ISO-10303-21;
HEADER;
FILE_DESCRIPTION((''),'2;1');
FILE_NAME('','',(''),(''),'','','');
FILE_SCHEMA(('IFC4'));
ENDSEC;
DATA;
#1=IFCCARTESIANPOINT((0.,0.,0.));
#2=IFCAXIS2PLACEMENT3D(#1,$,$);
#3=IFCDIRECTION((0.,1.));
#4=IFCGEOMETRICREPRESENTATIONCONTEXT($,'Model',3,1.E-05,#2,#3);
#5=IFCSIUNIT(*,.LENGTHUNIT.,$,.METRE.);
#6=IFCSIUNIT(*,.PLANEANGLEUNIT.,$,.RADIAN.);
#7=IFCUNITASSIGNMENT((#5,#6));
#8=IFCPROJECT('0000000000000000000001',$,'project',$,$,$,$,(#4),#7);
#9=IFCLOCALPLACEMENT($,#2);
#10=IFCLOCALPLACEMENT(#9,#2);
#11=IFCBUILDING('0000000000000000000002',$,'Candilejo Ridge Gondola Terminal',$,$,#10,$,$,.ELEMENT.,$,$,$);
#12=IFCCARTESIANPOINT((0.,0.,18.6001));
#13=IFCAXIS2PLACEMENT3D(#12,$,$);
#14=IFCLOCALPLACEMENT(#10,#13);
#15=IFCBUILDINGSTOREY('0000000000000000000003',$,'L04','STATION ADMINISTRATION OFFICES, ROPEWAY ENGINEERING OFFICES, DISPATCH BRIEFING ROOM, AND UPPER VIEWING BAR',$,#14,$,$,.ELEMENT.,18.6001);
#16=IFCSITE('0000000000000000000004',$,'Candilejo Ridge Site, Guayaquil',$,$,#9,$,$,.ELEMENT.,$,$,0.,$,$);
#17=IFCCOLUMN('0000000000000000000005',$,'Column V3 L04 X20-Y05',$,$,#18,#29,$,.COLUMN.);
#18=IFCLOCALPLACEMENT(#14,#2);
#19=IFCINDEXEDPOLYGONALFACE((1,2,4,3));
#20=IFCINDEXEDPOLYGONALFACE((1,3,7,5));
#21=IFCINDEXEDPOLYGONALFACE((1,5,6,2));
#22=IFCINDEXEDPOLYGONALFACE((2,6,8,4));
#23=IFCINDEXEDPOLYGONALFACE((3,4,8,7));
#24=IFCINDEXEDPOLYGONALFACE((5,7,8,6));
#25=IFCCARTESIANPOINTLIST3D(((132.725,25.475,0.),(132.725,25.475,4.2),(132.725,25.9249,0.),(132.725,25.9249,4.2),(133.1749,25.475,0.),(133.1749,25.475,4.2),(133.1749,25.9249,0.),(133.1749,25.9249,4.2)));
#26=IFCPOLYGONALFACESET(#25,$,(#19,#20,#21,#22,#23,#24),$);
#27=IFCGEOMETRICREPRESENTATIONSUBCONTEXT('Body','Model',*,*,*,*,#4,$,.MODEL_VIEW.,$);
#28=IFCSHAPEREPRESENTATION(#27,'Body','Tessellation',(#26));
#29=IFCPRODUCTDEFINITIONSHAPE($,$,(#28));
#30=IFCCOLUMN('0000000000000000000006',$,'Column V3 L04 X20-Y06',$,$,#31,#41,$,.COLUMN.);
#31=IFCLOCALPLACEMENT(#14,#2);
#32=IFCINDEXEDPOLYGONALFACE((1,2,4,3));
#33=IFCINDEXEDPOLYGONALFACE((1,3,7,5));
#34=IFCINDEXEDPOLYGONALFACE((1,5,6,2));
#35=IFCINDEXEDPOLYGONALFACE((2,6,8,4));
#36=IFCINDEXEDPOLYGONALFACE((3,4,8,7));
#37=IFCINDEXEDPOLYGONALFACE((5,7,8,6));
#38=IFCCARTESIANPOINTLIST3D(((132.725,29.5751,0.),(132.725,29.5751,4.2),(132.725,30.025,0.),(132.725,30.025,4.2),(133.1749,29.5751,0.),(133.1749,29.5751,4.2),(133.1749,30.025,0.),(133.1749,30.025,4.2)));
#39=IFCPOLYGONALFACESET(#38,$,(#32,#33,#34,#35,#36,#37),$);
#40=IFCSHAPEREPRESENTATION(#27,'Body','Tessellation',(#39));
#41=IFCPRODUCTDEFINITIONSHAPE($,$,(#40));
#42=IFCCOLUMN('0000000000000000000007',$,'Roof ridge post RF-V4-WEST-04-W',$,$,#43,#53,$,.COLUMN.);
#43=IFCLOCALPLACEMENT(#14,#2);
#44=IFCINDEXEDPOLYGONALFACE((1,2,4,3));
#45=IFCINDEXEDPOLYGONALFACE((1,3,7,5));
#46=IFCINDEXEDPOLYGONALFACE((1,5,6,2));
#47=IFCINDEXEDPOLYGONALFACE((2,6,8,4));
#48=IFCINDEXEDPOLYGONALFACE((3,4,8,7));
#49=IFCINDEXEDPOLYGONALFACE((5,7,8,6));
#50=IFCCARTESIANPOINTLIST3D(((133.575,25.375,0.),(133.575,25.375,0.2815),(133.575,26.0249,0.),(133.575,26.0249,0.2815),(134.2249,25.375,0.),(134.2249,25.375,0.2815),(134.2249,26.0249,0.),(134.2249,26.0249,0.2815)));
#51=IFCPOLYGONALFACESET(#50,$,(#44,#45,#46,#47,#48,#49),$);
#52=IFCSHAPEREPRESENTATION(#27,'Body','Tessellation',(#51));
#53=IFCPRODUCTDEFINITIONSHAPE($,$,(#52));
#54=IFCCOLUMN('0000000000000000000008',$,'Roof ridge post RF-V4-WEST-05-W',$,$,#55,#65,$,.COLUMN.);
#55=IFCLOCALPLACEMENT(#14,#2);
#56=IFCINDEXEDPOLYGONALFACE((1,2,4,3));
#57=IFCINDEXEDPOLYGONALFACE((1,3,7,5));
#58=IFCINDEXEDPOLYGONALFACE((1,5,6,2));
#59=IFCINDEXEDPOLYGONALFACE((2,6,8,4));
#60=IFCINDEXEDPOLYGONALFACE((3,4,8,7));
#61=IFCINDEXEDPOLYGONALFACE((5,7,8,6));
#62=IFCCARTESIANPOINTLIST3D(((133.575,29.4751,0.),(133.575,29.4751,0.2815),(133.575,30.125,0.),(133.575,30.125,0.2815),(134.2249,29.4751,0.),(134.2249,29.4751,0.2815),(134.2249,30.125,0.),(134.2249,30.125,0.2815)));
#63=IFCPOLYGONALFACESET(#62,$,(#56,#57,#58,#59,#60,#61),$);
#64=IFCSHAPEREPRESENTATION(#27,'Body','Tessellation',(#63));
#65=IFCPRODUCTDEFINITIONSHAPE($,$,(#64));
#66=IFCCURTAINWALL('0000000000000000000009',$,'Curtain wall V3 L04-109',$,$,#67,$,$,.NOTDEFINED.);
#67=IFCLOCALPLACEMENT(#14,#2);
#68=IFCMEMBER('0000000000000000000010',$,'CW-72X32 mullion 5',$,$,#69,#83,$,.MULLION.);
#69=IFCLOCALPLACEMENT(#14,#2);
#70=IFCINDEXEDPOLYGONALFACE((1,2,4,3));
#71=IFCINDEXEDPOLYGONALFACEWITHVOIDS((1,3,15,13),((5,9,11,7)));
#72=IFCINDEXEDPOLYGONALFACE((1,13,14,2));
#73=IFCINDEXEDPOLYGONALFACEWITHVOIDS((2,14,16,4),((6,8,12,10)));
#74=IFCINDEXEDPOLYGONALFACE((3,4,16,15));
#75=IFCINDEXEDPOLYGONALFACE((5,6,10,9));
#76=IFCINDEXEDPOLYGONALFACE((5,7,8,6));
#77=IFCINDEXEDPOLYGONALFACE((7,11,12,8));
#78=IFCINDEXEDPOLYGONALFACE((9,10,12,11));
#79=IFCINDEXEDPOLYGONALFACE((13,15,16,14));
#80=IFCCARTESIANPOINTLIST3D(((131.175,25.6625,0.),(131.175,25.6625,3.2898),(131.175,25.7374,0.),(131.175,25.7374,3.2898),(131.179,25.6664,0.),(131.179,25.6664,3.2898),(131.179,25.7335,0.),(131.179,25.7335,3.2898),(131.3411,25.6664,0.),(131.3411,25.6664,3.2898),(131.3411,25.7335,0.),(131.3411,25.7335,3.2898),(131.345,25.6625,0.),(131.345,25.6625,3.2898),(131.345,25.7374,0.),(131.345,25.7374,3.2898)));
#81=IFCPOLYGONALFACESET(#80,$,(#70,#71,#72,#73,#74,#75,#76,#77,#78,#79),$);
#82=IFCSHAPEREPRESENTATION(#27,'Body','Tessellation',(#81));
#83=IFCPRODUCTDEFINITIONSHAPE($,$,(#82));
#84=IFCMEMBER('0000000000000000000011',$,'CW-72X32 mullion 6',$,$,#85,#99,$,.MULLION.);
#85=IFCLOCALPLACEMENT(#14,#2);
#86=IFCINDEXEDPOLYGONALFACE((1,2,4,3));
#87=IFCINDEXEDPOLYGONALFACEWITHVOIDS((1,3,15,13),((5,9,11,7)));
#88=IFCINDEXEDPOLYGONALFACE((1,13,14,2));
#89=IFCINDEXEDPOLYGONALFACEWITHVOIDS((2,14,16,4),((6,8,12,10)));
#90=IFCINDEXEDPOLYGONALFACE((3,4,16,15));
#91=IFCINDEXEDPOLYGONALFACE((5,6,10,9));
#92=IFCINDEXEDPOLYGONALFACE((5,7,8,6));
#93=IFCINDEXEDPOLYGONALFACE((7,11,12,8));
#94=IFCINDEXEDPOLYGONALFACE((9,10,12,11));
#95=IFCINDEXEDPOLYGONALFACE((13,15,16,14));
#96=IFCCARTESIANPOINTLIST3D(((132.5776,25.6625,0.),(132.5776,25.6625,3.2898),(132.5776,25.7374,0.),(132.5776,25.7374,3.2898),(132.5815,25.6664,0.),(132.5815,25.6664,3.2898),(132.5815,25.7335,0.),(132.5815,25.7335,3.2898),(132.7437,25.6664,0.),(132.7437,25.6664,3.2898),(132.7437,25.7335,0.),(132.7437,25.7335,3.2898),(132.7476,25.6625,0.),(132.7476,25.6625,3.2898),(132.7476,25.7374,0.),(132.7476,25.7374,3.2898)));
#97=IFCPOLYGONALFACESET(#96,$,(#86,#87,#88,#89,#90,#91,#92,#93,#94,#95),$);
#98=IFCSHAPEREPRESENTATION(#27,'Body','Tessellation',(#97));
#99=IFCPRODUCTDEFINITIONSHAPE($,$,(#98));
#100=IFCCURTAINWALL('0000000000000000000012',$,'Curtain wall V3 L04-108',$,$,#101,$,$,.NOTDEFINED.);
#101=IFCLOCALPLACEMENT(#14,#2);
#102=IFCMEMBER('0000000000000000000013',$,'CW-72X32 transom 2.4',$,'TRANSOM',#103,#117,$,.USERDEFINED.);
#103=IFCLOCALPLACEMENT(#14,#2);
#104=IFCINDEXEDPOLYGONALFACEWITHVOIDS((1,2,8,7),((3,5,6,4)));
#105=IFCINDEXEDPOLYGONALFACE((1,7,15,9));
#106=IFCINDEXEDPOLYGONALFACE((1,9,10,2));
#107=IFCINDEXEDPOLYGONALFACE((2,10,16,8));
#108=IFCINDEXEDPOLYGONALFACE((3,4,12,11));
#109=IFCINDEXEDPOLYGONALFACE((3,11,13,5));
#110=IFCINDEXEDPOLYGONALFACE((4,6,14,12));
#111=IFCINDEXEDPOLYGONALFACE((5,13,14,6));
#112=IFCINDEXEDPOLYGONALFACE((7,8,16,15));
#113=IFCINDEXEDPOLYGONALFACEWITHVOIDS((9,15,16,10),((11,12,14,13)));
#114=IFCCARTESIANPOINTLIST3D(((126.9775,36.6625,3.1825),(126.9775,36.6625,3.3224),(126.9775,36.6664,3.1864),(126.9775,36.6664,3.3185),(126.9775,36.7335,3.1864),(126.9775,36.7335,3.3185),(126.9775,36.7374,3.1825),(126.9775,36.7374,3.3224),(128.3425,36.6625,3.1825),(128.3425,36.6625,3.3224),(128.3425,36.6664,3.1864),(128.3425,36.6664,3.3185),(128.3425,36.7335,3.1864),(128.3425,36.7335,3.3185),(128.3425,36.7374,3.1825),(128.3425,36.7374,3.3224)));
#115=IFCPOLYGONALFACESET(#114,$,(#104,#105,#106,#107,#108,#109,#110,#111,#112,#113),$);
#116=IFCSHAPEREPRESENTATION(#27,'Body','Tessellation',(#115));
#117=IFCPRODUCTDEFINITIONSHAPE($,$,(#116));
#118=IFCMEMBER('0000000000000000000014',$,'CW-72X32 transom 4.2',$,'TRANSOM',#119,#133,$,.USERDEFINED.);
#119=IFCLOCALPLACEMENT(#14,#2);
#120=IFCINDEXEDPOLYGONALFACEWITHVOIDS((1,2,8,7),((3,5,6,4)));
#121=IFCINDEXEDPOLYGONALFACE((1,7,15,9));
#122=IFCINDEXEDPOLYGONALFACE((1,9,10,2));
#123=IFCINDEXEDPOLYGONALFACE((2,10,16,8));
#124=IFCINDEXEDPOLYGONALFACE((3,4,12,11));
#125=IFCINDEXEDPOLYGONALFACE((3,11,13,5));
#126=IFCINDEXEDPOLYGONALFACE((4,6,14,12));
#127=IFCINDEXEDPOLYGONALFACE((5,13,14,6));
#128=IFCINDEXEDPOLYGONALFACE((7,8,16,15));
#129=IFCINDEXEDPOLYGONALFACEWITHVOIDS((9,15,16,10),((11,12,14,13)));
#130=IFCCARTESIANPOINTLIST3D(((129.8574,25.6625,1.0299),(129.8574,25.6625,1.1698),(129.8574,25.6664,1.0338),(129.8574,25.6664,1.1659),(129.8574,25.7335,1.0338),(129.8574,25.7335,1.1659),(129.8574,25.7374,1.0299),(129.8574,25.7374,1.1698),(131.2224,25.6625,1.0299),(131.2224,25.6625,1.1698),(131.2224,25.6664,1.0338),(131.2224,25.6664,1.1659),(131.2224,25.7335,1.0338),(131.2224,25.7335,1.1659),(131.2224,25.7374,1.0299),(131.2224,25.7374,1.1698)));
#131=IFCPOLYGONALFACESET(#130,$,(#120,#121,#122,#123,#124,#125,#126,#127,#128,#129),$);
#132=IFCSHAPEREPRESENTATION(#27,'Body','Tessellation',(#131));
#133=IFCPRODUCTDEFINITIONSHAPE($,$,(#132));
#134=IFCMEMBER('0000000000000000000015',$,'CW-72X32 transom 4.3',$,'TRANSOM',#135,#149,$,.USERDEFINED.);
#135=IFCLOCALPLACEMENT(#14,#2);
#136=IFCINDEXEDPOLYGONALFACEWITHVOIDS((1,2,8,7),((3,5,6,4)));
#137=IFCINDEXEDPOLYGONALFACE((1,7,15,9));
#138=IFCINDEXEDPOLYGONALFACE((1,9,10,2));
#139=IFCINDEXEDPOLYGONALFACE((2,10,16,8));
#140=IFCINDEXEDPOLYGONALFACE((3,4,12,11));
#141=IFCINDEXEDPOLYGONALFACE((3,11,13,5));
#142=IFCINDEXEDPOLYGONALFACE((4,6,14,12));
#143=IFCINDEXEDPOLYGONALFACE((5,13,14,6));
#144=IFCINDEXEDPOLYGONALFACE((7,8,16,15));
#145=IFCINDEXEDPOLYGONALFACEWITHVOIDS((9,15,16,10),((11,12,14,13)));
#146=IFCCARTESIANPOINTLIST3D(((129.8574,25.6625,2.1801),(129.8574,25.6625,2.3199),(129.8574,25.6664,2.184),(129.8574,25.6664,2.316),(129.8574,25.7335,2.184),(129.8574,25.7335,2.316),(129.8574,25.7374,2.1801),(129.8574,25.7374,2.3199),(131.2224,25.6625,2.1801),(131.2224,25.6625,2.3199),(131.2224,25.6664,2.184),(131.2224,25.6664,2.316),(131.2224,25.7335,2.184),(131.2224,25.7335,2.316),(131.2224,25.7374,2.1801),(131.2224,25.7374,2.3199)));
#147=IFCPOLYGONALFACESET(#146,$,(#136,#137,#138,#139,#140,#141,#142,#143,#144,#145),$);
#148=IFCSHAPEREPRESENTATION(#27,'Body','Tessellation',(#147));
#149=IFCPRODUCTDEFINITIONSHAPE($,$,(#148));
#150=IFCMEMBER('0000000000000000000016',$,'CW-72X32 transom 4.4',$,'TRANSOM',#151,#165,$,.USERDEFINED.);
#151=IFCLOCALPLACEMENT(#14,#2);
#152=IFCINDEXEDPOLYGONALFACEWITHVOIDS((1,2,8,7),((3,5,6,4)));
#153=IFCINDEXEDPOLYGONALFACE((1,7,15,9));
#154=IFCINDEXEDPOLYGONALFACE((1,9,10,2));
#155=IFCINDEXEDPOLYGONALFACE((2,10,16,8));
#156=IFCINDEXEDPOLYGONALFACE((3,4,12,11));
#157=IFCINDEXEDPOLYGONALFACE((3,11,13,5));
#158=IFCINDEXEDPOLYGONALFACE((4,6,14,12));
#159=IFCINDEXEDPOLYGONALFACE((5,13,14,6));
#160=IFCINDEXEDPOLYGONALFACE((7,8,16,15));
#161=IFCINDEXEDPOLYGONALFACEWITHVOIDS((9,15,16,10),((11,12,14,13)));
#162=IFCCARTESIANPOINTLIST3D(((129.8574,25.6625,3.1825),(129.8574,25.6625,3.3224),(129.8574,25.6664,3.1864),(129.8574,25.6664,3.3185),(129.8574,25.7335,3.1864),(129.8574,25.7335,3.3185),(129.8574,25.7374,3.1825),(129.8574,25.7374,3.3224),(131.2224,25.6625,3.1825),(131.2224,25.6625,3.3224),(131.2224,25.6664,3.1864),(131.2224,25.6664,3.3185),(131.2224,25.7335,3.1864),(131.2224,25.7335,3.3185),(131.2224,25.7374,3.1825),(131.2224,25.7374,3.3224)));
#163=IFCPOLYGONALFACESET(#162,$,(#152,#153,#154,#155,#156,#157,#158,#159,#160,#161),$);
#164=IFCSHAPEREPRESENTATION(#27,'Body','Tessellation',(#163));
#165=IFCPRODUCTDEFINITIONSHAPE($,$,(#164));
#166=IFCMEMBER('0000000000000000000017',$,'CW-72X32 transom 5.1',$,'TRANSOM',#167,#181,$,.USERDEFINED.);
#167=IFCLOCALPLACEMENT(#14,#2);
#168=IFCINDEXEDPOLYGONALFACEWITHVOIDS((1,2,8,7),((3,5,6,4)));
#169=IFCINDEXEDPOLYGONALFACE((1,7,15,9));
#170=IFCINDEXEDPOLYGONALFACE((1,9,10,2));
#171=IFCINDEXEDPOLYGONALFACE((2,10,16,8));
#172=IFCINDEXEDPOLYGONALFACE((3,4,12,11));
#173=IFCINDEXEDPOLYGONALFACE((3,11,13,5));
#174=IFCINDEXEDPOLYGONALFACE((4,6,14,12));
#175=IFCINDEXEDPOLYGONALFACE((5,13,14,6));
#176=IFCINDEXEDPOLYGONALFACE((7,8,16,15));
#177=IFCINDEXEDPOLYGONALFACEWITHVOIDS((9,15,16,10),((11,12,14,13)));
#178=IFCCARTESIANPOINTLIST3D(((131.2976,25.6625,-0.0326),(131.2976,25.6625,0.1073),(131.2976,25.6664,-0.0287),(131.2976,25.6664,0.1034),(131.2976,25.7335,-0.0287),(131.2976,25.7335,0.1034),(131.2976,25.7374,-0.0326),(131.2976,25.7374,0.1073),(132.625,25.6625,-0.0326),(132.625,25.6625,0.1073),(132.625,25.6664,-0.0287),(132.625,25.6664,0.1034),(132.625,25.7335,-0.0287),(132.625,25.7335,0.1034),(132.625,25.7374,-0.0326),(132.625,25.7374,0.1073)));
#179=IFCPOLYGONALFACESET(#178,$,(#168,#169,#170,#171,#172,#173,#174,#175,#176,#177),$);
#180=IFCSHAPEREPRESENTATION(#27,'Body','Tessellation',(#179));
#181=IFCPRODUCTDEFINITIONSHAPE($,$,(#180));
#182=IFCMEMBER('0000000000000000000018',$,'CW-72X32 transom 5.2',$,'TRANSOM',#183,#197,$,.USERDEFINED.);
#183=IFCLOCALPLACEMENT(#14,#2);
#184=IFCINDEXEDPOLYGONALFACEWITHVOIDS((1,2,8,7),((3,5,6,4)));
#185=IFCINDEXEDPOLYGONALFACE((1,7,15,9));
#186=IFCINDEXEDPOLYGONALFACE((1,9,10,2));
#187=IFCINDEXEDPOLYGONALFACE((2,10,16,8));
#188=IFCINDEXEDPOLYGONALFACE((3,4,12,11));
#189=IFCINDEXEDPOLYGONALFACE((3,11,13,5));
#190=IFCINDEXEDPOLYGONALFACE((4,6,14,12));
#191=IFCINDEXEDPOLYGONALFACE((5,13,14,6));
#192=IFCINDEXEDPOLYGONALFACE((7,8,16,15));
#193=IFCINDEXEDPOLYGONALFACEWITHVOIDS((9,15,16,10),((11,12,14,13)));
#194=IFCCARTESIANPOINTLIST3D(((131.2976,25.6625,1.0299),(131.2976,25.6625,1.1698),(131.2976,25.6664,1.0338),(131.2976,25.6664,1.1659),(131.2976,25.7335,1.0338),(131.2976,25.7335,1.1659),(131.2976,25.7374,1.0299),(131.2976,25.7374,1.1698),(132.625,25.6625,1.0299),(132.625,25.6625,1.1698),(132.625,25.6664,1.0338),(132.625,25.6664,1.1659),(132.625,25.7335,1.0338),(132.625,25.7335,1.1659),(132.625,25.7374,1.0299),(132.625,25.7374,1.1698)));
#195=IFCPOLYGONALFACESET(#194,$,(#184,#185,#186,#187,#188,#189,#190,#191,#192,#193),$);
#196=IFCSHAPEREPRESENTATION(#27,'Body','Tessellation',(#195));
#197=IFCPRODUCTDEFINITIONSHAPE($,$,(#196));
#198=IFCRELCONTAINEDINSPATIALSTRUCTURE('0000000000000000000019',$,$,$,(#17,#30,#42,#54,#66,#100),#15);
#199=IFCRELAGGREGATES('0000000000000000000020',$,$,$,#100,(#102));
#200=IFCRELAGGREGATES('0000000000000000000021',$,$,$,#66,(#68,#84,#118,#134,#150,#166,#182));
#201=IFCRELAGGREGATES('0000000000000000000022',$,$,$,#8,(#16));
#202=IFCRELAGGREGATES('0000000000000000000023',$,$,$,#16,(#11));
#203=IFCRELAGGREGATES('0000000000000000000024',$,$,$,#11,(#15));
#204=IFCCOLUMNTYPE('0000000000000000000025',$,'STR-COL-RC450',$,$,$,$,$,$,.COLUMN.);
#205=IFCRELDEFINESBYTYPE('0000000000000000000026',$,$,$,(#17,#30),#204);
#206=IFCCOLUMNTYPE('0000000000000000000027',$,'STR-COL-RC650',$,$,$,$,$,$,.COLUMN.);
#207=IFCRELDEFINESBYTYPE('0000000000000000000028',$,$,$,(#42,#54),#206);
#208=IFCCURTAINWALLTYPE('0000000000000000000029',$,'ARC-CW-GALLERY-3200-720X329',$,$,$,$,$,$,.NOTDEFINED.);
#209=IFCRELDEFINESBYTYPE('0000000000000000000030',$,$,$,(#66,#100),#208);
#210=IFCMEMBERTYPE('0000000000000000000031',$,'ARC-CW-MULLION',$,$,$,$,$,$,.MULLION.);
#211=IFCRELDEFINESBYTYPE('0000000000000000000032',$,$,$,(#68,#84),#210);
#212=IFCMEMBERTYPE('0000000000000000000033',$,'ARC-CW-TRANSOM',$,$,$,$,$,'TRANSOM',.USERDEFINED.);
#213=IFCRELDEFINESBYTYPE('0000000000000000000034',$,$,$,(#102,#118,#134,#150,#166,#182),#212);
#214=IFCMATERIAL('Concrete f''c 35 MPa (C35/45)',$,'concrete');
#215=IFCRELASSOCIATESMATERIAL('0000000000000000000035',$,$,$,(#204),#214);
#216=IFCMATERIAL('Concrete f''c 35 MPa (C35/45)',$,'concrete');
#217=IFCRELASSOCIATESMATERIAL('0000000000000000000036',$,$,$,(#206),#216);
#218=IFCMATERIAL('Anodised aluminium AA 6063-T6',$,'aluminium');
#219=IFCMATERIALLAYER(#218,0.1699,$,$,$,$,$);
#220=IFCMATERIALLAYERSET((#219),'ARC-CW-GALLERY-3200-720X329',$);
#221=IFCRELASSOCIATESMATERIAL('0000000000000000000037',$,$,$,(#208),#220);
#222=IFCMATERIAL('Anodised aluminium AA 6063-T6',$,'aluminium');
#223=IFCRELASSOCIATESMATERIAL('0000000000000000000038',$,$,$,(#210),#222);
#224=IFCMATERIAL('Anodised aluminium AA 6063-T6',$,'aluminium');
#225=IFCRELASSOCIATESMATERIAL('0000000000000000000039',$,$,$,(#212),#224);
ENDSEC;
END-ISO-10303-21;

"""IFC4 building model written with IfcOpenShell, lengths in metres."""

from ifc_helpers import new_model, si_unit, direction, frame, origin, origin_2d, place, context, subcontext, project, spatial, rectangle, hollow_rectangle, extrude, material, layer, layer_set, material_profile, profile_set, type_object, element, aggregate, save


model = new_model("IFC4")

# Units and contexts
model_context = context("Model", 3, precision=1e-05, world=origin(), true_north=direction((0.0, 1.0)))
body_context = subcontext(model_context, "Body", "Model", "MODEL_VIEW")
ifc_project = project(units=[si_unit("LENGTHUNIT", "METRE"), si_unit("PLANEANGLEUNIT", "RADIAN")], contexts=[model_context])

# Site, building, storey
site_placement = place(None, origin())
site = spatial("IfcSite", under=ifc_project, at=site_placement, Name="Candilejo Ridge Site, Guayaquil", CompositionType="ELEMENT", RefElevation=0.0)
building_placement = place(site_placement, origin())
building = spatial("IfcBuilding", under=site, at=building_placement, Name="Candilejo Ridge Gondola Terminal", CompositionType="ELEMENT")
storey_placement = place(building_placement, frame((0.0, 0.0, 18.6001)))
storey = spatial("IfcBuildingStorey", under=building, at=storey_placement, Name="L04", Description="STATION ADMINISTRATION OFFICES, ROPEWAY ENGINEERING OFFICES, DISPATCH BRIEFING ROOM, AND UPPER VIEWING BAR", CompositionType="ELEMENT", Elevation=18.6001)

# Columns
ifc_material_1 = material(Name="Concrete f'c 35 MPa (C35/45)", Category="concrete")
ifc_material_profile_1 = material_profile(ifc_material_1, rectangle(XDim=0.45, YDim=0.45, at=origin_2d()))
ifc_profile_set_1 = profile_set([ifc_material_profile_1], Name="Concrete f'c 35 MPa (C35/45)")
column_type_1 = type_object("IfcColumnType", Name="STR-COL-RC450", PredefinedType="COLUMN", material=ifc_profile_set_1)
for number, where, z_axis, x_axis, name in (
    (1, (132.95, 25.7, 0.0), (0.0, 0.0, 1.0), (1.0, 0.0, 0.0), "Column V3 L04 X20-Y05"),
    (2, (132.95, 29.8, 0.0), (0.0, 0.0, 1.0), (1.0, 0.0, 0.0), "Column V3 L04 X20-Y06"),
):
    element("IfcColumn", number, at=place(storey_placement, frame(where, z_axis=z_axis, x_axis=x_axis)), inside=storey, type_object=column_type_1, Name=name, PredefinedType="COLUMN", context=body_context, shape_type="SweptSolid", body=[
        extrude(rectangle(XDim=0.45, YDim=0.45, at=origin_2d()), origin(), (0.0, 0.0, 1.0), 4.2),
    ])
ifc_material_2 = material(Name="Concrete f'c 35 MPa (C35/45)", Category="concrete")
ifc_material_profile_2 = material_profile(ifc_material_2, rectangle(XDim=0.6499, YDim=0.6499, at=origin_2d()))
ifc_profile_set_2 = profile_set([ifc_material_profile_2], Name="Concrete f'c 35 MPa (C35/45)")
column_type_2 = type_object("IfcColumnType", Name="STR-COL-RC650", PredefinedType="COLUMN", material=ifc_profile_set_2)
for number, where, z_axis, x_axis, name in (
    (3, (133.8999, 25.7, 0.0), (0.0, 0.0, 1.0), (1.0, 0.0, 0.0), "Roof ridge post RF-V4-WEST-04-W"),
    (4, (133.8999, 29.8, 0.0), (0.0, 0.0, 1.0), (1.0, 0.0, 0.0), "Roof ridge post RF-V4-WEST-05-W"),
):
    element("IfcColumn", number, at=place(storey_placement, frame(where, z_axis=z_axis, x_axis=x_axis)), inside=storey, type_object=column_type_2, Name=name, PredefinedType="COLUMN", context=body_context, shape_type="SweptSolid", body=[
        extrude(rectangle(XDim=0.6499, YDim=0.6499, at=origin_2d()), origin(), (0.0, 0.0, 1.0), 0.2815),
    ])

# Curtain wall, members
ifc_material_3 = material(Name="Anodised aluminium AA 6063-T6", Category="aluminium")
ifc_layer_1 = layer(ifc_material_3, 0.1699)
ifc_layer_set_1 = layer_set([ifc_layer_1], Name="ARC-CW-GALLERY-3200-720X329")
curtain_wall_type = type_object("IfcCurtainWallType", Name="ARC-CW-GALLERY-3200-720X329", PredefinedType="NOTDEFINED", material=ifc_layer_set_1)
curtain_wall_1_placement = place(storey_placement, origin())
curtain_wall_1 = element("IfcCurtainWall", 5, at=curtain_wall_1_placement, inside=storey, type_object=curtain_wall_type, Name="Curtain wall V3 L04-109", PredefinedType="NOTDEFINED")
ifc_material_4 = material(Name="Anodised aluminium AA 6063-T6", Category="aluminium")
ifc_material_profile_3 = material_profile(ifc_material_4, hollow_rectangle(XDim=0.075, YDim=0.1699, WallThickness=0.0039, at=origin_2d()))
ifc_profile_set_3 = profile_set([ifc_material_profile_3], Name="Anodised aluminium AA 6063-T6")
member_type_1 = type_object("IfcMemberType", Name="ARC-CW-MULLION", PredefinedType="MULLION", material=ifc_profile_set_3)
member_1_placement = place(storey_placement, frame((131.26, 25.7, 0.0), z_axis=(0.0, 0.0, 1.0), x_axis=(0.0, 1.0, 0.0)))
member_1 = element("IfcMember", 6, at=member_1_placement, type_object=member_type_1, Name="CW-72X32 mullion 5", PredefinedType="MULLION", context=body_context, shape_type="SweptSolid", body=[
    extrude(hollow_rectangle(XDim=0.075, YDim=0.1699, WallThickness=0.0039, at=origin_2d()), origin(), (0.0, 0.0, 1.0), 3.2898),
])
member_2_placement = place(storey_placement, frame((132.6626, 25.7, 0.0), z_axis=(0.0, 0.0, 1.0), x_axis=(0.0, 1.0, 0.0)))
member_2 = element("IfcMember", 7, at=member_2_placement, type_object=member_type_1, Name="CW-72X32 mullion 6", PredefinedType="MULLION", context=body_context, shape_type="SweptSolid", body=[
    extrude(hollow_rectangle(XDim=0.075, YDim=0.1699, WallThickness=0.0039, at=origin_2d()), origin(), (0.0, 0.0, 1.0), 3.2898),
])

# Curtain wall, member
curtain_wall_2_placement = place(storey_placement, origin())
curtain_wall_2 = element("IfcCurtainWall", 8, at=curtain_wall_2_placement, inside=storey, type_object=curtain_wall_type, Name="Curtain wall V3 L04-108", PredefinedType="NOTDEFINED")
ifc_material_5 = material(Name="Anodised aluminium AA 6063-T6", Category="aluminium")
ifc_material_profile_4 = material_profile(ifc_material_5, hollow_rectangle(XDim=0.075, YDim=0.1399, WallThickness=0.0039, at=origin_2d()))
ifc_profile_set_4 = profile_set([ifc_material_profile_4], Name="Anodised aluminium AA 6063-T6")
member_type_2 = type_object("IfcMemberType", Name="ARC-CW-TRANSOM", ElementType="TRANSOM", PredefinedType="USERDEFINED", material=ifc_profile_set_4)
member_3_placement = place(storey_placement, frame((126.9775, 36.7, 3.2524), z_axis=(1.0, 0.0, 0.0), x_axis=(0.0, 1.0, 0.0)))
member_3 = element("IfcMember", 9, at=member_3_placement, type_object=member_type_2, Name="CW-72X32 transom 2.4", ObjectType="TRANSOM", PredefinedType="USERDEFINED", context=body_context, shape_type="SweptSolid", body=[
    extrude(hollow_rectangle(XDim=0.075, YDim=0.1399, WallThickness=0.0039, at=origin_2d()), origin(), (0.0, 0.0, 1.0), 1.365),
])
aggregate(curtain_wall_2, [member_3])

# Members
member_4_placement = place(storey_placement, frame((129.8574, 25.7, 1.0999), z_axis=(1.0, 0.0, 0.0), x_axis=(0.0, 1.0, 0.0)))
member_4 = element("IfcMember", 10, at=member_4_placement, type_object=member_type_2, Name="CW-72X32 transom 4.2", ObjectType="TRANSOM", PredefinedType="USERDEFINED", context=body_context, shape_type="SweptSolid", body=[
    extrude(hollow_rectangle(XDim=0.075, YDim=0.1399, WallThickness=0.0039, at=origin_2d()), origin(), (0.0, 0.0, 1.0), 1.365),
])
member_5_placement = place(storey_placement, frame((129.8574, 25.7, 2.25), z_axis=(1.0, 0.0, 0.0), x_axis=(0.0, 1.0, 0.0)))
member_5 = element("IfcMember", 11, at=member_5_placement, type_object=member_type_2, Name="CW-72X32 transom 4.3", ObjectType="TRANSOM", PredefinedType="USERDEFINED", context=body_context, shape_type="SweptSolid", body=[
    extrude(hollow_rectangle(XDim=0.075, YDim=0.1399, WallThickness=0.0039, at=origin_2d()), origin(), (0.0, 0.0, 1.0), 1.365),
])
member_6_placement = place(storey_placement, frame((129.8574, 25.7, 3.2524), z_axis=(1.0, 0.0, 0.0), x_axis=(0.0, 1.0, 0.0)))
member_6 = element("IfcMember", 12, at=member_6_placement, type_object=member_type_2, Name="CW-72X32 transom 4.4", ObjectType="TRANSOM", PredefinedType="USERDEFINED", context=body_context, shape_type="SweptSolid", body=[
    extrude(hollow_rectangle(XDim=0.075, YDim=0.1399, WallThickness=0.0039, at=origin_2d()), origin(), (0.0, 0.0, 1.0), 1.365),
])
member_7_placement = place(storey_placement, frame((131.2976, 25.7, 0.0374), z_axis=(1.0, 0.0, 0.0), x_axis=(0.0, 1.0, 0.0)))
member_7 = element("IfcMember", 13, at=member_7_placement, type_object=member_type_2, Name="CW-72X32 transom 5.1", ObjectType="TRANSOM", PredefinedType="USERDEFINED", context=body_context, shape_type="SweptSolid", body=[
    extrude(hollow_rectangle(XDim=0.075, YDim=0.1399, WallThickness=0.0039, at=origin_2d()), origin(), (0.0, 0.0, 1.0), 1.3274),
])
member_8_placement = place(storey_placement, frame((131.2976, 25.7, 1.0999), z_axis=(1.0, 0.0, 0.0), x_axis=(0.0, 1.0, 0.0)))
member_8 = element("IfcMember", 14, at=member_8_placement, type_object=member_type_2, Name="CW-72X32 transom 5.2", ObjectType="TRANSOM", PredefinedType="USERDEFINED", context=body_context, shape_type="SweptSolid", body=[
    extrude(hollow_rectangle(XDim=0.075, YDim=0.1399, WallThickness=0.0039, at=origin_2d()), origin(), (0.0, 0.0, 1.0), 1.3274),
])

aggregate(curtain_wall_1, [member_1, member_2, member_4, member_5, member_6, member_7, member_8])

save(model, "model.ifc")
